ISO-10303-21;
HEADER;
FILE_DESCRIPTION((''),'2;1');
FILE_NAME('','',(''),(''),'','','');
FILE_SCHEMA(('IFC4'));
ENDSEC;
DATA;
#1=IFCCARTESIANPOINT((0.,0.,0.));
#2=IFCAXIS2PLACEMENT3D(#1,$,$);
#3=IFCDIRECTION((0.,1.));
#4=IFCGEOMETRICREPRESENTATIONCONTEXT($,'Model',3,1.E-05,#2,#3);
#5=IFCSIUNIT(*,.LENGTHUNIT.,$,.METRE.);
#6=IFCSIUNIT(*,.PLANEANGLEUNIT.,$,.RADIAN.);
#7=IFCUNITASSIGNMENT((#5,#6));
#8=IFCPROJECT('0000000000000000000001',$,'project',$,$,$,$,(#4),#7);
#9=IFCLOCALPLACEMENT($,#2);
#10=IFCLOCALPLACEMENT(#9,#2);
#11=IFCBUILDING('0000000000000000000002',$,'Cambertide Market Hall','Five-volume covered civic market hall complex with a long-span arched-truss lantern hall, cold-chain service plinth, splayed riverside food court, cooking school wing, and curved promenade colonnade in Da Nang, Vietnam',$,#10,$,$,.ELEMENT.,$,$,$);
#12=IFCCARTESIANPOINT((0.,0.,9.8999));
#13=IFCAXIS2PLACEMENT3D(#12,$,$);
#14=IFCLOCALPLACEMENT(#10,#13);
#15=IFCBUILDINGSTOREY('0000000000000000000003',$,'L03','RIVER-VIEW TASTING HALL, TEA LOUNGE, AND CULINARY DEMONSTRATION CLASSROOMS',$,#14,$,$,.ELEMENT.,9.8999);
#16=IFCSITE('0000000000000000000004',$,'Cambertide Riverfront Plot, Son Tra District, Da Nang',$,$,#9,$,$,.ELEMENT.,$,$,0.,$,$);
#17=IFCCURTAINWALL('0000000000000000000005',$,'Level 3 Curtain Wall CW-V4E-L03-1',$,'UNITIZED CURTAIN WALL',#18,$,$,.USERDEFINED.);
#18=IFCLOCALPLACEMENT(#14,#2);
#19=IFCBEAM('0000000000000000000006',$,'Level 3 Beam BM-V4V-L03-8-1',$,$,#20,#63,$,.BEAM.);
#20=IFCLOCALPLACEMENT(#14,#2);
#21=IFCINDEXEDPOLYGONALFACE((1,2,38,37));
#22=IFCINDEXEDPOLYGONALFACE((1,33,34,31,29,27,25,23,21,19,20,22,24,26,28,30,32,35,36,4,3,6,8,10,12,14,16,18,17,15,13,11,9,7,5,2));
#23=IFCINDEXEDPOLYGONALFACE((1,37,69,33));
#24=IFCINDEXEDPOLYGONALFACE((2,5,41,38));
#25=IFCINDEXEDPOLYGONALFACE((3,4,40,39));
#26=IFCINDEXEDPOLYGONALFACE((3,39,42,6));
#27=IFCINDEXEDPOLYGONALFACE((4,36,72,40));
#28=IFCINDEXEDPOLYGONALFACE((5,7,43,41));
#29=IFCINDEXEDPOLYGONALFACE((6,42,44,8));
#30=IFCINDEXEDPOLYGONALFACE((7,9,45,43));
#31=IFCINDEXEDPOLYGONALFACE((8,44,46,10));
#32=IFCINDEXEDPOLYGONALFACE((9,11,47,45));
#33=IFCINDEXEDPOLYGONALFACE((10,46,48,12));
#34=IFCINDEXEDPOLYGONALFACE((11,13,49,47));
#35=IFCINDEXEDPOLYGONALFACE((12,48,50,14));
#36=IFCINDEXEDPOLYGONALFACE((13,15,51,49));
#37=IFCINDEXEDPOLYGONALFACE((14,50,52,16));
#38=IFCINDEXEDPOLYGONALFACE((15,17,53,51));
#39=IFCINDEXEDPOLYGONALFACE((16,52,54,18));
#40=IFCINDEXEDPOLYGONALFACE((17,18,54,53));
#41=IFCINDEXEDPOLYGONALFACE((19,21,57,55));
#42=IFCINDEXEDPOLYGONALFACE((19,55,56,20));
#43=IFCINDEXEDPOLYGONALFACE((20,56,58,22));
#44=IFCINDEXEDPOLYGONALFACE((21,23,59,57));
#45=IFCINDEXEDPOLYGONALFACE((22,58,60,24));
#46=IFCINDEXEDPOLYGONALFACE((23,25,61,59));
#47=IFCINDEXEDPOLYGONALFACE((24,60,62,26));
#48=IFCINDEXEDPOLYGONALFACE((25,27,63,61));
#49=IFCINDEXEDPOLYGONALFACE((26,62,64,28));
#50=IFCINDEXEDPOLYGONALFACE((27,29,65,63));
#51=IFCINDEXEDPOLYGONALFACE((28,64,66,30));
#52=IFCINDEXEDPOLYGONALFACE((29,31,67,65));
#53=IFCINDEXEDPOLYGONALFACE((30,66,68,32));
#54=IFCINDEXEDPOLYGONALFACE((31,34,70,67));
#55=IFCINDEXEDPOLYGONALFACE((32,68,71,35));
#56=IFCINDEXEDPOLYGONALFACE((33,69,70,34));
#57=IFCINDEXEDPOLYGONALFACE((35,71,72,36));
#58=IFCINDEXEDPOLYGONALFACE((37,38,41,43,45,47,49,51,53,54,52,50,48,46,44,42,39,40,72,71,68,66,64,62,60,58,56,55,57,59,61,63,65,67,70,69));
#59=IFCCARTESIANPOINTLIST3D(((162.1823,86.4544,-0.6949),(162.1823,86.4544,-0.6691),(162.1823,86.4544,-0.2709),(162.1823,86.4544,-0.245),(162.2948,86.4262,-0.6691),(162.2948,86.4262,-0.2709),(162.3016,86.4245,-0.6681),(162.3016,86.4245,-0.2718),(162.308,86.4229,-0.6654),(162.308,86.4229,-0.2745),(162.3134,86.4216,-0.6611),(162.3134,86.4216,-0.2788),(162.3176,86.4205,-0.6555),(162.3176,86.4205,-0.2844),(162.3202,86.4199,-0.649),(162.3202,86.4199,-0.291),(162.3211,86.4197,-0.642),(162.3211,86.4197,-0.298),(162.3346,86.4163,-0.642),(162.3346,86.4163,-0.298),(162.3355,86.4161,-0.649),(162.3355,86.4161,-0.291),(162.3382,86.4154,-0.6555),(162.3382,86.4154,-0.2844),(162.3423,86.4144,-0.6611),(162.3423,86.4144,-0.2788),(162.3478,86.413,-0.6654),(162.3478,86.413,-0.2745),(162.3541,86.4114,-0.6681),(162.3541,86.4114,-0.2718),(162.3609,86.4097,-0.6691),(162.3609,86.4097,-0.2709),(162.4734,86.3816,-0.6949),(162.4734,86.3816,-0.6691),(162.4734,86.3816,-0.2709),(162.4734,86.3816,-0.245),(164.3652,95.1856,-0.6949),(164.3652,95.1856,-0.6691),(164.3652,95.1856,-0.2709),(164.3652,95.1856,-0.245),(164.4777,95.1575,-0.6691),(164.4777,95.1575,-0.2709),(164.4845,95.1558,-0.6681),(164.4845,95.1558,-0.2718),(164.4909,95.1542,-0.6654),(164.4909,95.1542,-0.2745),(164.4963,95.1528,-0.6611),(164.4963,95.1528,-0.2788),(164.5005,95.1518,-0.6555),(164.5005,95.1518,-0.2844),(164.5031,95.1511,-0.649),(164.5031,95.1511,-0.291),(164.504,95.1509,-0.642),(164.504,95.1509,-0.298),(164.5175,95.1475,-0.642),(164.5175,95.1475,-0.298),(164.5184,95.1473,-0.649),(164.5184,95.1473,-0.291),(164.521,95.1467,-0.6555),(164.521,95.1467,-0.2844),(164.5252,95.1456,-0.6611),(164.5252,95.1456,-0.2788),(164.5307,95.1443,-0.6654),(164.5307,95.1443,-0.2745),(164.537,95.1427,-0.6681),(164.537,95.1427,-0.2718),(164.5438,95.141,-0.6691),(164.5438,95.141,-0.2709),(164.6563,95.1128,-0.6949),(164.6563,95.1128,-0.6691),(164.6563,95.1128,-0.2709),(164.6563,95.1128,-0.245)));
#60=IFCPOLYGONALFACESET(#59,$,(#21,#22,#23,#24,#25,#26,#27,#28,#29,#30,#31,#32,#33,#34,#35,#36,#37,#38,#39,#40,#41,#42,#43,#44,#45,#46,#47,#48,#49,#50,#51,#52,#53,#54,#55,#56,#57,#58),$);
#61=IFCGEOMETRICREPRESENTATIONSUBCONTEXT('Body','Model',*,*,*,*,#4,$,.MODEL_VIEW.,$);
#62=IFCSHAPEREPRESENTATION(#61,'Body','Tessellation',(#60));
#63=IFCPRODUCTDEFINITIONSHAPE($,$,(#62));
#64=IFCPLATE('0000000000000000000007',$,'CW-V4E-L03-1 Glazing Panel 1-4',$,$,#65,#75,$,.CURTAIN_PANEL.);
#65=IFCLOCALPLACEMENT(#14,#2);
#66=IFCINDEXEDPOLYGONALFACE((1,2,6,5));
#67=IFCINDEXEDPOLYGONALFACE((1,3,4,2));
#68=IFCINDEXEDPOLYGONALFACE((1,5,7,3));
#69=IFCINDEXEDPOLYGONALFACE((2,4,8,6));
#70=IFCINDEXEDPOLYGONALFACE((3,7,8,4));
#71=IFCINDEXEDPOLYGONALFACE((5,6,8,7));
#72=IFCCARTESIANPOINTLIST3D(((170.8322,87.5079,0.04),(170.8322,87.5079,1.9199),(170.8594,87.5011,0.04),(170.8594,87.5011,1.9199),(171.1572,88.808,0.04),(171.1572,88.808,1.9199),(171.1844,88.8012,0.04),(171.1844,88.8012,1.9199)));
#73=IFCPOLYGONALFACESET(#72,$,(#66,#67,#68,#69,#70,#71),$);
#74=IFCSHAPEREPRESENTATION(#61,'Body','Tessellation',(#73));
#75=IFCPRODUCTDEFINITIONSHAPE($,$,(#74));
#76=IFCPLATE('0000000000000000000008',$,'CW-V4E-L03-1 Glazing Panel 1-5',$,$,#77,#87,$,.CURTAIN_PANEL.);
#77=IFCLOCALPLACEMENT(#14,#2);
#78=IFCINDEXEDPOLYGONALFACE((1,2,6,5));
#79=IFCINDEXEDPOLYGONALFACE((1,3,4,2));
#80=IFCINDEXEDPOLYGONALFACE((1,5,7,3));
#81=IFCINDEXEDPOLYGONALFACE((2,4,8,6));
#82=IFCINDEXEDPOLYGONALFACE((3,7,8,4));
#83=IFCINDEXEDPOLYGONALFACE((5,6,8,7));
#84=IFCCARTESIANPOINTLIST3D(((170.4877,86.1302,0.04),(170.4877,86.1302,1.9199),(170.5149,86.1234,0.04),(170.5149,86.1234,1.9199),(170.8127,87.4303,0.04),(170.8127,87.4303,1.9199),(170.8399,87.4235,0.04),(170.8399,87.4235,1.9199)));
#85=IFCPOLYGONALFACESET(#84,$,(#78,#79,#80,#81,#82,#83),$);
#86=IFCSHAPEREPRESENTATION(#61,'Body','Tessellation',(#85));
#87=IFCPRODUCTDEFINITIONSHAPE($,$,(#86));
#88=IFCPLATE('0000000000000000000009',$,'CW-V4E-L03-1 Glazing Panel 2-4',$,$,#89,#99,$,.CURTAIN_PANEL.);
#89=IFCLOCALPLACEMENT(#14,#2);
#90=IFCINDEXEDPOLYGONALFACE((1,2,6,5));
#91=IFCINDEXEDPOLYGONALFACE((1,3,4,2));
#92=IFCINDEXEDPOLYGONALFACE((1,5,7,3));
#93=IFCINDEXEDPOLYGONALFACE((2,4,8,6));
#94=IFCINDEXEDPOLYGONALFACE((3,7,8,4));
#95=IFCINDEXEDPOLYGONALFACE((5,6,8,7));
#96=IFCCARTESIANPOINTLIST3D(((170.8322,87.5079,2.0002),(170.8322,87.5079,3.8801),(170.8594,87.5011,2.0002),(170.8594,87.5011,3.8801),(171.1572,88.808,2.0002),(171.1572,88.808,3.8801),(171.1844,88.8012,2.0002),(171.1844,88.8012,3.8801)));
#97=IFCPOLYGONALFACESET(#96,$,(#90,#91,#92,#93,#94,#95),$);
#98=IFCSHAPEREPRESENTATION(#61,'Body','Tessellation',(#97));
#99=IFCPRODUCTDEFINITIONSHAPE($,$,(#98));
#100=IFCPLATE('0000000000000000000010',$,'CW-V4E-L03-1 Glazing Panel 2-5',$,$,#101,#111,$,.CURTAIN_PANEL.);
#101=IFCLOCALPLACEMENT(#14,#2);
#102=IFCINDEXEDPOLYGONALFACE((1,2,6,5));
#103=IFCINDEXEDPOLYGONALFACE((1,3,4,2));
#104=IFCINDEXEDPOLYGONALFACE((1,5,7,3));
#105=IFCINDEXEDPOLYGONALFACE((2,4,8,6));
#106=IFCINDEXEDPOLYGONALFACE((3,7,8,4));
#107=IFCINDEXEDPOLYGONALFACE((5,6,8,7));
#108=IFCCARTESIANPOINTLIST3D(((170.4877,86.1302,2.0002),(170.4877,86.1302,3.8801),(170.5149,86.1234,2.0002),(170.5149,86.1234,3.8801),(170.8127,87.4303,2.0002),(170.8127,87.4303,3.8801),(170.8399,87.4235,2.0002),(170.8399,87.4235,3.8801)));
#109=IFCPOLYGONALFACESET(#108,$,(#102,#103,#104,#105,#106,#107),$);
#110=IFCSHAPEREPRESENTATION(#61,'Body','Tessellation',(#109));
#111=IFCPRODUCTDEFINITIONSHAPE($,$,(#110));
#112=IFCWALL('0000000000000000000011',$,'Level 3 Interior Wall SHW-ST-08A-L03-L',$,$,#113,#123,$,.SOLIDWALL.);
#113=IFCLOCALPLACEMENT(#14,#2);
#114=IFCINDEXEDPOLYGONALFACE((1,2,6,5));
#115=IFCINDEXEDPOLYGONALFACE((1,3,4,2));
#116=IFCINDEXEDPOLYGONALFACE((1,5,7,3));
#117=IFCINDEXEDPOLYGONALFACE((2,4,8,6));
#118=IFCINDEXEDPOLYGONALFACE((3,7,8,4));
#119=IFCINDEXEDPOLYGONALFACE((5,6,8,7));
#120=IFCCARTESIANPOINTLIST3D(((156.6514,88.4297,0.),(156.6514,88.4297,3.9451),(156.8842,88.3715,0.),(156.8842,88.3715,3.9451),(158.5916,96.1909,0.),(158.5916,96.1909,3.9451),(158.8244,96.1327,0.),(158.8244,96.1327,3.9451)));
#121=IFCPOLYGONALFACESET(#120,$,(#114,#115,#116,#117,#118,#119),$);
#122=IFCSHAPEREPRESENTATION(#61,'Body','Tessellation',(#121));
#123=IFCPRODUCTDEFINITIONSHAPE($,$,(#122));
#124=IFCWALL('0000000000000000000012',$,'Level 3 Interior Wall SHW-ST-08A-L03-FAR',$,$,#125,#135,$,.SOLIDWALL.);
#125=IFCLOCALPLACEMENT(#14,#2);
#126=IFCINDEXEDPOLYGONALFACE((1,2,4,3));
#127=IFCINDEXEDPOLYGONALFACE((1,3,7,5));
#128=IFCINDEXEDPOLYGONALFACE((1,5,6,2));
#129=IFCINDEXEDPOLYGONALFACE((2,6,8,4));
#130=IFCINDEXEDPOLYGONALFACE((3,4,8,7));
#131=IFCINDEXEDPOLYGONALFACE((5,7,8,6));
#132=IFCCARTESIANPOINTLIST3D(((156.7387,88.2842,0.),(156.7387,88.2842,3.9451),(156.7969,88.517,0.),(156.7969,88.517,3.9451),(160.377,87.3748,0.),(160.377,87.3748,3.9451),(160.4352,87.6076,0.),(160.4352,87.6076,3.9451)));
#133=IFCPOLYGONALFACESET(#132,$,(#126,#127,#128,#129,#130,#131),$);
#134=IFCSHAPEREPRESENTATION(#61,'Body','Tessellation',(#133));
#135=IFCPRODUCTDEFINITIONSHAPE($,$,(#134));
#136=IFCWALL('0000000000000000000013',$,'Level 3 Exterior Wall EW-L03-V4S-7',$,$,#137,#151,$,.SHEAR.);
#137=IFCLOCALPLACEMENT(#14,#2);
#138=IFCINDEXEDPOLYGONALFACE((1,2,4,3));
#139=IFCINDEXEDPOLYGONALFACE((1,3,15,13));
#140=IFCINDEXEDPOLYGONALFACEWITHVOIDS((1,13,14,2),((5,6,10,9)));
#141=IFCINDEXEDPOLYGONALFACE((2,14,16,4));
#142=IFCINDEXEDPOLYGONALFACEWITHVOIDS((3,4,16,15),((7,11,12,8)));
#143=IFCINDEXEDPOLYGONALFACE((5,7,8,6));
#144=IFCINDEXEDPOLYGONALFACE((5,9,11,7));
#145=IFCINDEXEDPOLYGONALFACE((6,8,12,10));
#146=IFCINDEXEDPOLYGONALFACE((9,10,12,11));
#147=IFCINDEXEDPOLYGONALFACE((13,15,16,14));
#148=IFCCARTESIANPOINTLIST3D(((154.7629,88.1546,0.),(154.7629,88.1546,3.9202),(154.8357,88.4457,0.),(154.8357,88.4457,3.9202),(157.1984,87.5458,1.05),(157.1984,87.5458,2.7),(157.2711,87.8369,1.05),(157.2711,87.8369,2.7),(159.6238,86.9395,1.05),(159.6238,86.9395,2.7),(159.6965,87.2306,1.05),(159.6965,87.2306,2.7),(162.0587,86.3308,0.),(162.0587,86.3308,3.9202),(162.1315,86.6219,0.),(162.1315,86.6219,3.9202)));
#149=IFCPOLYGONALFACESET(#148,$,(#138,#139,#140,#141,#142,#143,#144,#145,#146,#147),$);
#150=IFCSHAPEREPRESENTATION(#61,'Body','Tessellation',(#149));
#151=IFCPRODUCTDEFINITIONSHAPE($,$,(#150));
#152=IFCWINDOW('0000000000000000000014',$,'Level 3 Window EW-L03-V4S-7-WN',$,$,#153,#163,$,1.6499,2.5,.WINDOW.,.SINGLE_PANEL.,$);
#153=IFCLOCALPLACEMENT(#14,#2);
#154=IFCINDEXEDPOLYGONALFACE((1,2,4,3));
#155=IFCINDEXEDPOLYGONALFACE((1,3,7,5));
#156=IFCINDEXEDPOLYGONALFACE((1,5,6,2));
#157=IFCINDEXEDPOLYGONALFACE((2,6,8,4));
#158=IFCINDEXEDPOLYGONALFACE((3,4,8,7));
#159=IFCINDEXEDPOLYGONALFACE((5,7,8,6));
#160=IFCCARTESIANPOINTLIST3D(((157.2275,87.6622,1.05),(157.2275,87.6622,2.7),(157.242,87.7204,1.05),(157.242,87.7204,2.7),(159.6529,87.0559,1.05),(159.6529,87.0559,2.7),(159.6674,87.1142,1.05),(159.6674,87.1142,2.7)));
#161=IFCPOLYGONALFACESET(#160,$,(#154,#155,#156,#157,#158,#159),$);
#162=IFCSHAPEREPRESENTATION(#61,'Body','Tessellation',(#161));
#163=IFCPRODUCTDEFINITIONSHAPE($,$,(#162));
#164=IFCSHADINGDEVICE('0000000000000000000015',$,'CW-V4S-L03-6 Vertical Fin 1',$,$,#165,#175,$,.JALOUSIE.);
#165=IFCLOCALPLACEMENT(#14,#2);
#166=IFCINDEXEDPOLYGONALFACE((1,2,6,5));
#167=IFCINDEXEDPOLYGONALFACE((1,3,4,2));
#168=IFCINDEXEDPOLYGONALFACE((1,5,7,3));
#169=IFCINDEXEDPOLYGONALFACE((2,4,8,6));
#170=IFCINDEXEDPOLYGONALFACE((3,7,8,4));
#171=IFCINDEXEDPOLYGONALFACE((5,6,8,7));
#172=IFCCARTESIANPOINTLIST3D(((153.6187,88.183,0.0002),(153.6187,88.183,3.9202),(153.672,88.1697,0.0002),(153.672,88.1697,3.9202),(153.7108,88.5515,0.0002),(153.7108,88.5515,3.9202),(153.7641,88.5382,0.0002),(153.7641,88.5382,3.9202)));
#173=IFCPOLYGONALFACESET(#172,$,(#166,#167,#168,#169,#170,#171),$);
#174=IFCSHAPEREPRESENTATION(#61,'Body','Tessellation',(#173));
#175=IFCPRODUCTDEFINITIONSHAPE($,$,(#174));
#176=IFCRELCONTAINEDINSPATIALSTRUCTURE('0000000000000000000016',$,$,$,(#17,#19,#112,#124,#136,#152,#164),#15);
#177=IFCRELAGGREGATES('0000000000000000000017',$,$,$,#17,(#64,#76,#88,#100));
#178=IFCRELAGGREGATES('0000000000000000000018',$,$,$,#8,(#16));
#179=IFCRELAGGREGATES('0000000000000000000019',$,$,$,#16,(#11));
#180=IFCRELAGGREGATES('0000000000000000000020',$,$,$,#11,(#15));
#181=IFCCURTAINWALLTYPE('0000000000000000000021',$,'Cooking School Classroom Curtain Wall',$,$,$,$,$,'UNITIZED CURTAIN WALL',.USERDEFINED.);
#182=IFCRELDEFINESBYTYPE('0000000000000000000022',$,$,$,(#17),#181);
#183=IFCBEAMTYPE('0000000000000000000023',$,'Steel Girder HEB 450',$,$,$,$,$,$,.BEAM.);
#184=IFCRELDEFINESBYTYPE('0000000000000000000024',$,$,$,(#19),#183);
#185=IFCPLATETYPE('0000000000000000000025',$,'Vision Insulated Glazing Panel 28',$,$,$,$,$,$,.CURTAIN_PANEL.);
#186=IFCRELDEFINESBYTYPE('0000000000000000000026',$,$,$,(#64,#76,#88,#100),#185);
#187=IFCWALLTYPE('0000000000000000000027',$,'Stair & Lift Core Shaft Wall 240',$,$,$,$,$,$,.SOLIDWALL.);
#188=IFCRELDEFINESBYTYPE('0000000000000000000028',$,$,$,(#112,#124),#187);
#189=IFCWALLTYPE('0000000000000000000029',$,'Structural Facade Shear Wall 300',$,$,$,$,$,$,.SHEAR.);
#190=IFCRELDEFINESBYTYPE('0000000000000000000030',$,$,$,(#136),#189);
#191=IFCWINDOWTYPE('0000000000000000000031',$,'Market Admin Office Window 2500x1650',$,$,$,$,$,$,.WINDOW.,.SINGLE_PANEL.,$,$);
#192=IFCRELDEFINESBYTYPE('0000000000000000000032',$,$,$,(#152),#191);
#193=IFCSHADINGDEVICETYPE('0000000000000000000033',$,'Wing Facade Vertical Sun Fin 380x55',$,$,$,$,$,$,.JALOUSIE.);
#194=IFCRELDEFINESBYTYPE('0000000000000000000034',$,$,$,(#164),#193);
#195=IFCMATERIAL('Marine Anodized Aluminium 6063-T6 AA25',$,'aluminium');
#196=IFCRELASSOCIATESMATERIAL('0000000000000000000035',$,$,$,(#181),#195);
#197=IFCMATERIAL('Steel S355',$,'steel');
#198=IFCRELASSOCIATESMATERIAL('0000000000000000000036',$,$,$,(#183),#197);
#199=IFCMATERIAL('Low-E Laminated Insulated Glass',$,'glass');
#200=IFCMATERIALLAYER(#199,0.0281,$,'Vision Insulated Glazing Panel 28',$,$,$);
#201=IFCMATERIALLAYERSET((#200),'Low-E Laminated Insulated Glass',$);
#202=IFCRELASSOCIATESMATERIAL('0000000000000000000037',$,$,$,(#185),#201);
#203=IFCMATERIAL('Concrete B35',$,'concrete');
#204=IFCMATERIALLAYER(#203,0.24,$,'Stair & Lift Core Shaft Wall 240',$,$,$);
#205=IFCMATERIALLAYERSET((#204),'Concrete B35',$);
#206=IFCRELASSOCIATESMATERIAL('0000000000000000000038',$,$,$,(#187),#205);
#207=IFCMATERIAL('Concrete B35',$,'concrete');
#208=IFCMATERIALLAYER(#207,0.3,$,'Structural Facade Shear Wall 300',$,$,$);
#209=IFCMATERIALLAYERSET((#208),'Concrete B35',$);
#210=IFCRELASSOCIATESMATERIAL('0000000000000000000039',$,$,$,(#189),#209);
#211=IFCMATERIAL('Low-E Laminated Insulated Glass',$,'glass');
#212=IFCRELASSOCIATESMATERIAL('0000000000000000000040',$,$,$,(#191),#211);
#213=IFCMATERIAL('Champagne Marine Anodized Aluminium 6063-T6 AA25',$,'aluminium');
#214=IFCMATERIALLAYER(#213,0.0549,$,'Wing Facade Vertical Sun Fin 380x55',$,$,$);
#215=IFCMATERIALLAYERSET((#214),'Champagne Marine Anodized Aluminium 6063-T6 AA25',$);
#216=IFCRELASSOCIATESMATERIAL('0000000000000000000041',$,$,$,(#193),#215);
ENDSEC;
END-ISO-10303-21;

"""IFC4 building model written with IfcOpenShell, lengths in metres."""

from ifc_helpers import new_model, si_unit, direction, frame, frame_2d, origin, origin_2d, place, context, subcontext, project, spatial, rectangle, i_section, extrude, material, layer, layer_set, material_profile, profile_set, type_object, element, fill, aggregate, save


model = new_model("IFC4")

# Units and contexts
model_context = context("Model", 3, precision=1e-05, world=origin(), true_north=direction((0.0, 1.0)))
body_context = subcontext(model_context, "Body", "Model", "MODEL_VIEW")
ifc_project = project(units=[si_unit("LENGTHUNIT", "METRE"), si_unit("PLANEANGLEUNIT", "RADIAN")], contexts=[model_context])

# Site, building, storey
site_placement = place(None, origin())
site = spatial("IfcSite", under=ifc_project, at=site_placement, Name="Cambertide Riverfront Plot, Son Tra District, Da Nang", CompositionType="ELEMENT", RefElevation=0.0)
building_placement = place(site_placement, origin())
building = spatial("IfcBuilding", under=site, at=building_placement, Name="Cambertide Market Hall", Description="Five-volume covered civic market hall complex with a long-span arched-truss lantern hall, cold-chain service plinth, splayed riverside food court, cooking school wing, and curved promenade colonnade in Da Nang, Vietnam", CompositionType="ELEMENT")
storey_placement = place(building_placement, frame((0.0, 0.0, 9.8999)))
storey = spatial("IfcBuildingStorey", under=building, at=storey_placement, Name="L03", Description="RIVER-VIEW TASTING HALL, TEA LOUNGE, AND CULINARY DEMONSTRATION CLASSROOMS", CompositionType="ELEMENT", Elevation=9.8999)

# Shared definitions
ifc_material_1 = material(Name="Marine Anodized Aluminium 6063-T6 AA25", Category="aluminium")
curtain_wall_type = type_object("IfcCurtainWallType", Name="Cooking School Classroom Curtain Wall", ElementType="UNITIZED CURTAIN WALL", PredefinedType="USERDEFINED", material=ifc_material_1)

# Curtain wall
curtain_wall_1_placement = place(storey_placement, origin())
curtain_wall_1 = element("IfcCurtainWall", 1, at=curtain_wall_1_placement, inside=storey, type_object=curtain_wall_type, Name="Level 3 Curtain Wall CW-V4E-L03-1", ObjectType="UNITIZED CURTAIN WALL", PredefinedType="USERDEFINED")

# Beam
ifc_material_2 = material(Name="Steel S355", Category="steel")
ifc_material_profile_1 = material_profile(ifc_material_2, i_section(OverallWidth=0.3, OverallDepth=0.45, WebThickness=0.0139, FlangeThickness=0.0259, FilletRadius=0.0271, at=origin_2d()), Name="HEB 450")
ifc_profile_set_1 = profile_set([ifc_material_profile_1], Name="Steel S355")
beam_type_1 = type_object("IfcBeamType", Name="Steel Girder HEB 450", PredefinedType="BEAM", material=ifc_profile_set_1)
for number, where, z_axis, x_axis, name in (
    (2, (162.3279, 86.418, -0.47), (0.242542, 0.970141, 0.0), (-0.970141, 0.242542, 0.0), "Level 3 Beam BM-V4V-L03-8-1"),
):
    element("IfcBeam", number, at=place(storey_placement, frame(where, z_axis=z_axis, x_axis=x_axis)), inside=storey, type_object=beam_type_1, Name=name, PredefinedType="BEAM", context=body_context, shape_type="SweptSolid", body=[
        extrude(i_section(OverallWidth=0.3, OverallDepth=0.45, WebThickness=0.0139, FlangeThickness=0.0259, FilletRadius=0.0271, at=origin_2d()), origin(), (0.0, 0.0, 1.0), 9.0),
    ])

# Plates
ifc_material_3 = material(Name="Low-E Laminated Insulated Glass", Category="glass")
ifc_layer_1 = layer(ifc_material_3, 0.0281, Name="Vision Insulated Glazing Panel 28")
ifc_layer_set_1 = layer_set([ifc_layer_1], Name="Low-E Laminated Insulated Glass")
plate_type = type_object("IfcPlateType", Name="Vision Insulated Glazing Panel 28", PredefinedType="CURTAIN_PANEL", material=ifc_layer_set_1)
plate_1_placement = place(storey_placement, frame((171.0083, 88.1545, 0.04), z_axis=(0.0, 0.0, 1.0), x_axis=(-0.242536, -0.970143, 0.0)))
plate_1 = element("IfcPlate", 3, at=plate_1_placement, type_object=plate_type, Name="CW-V4E-L03-1 Glazing Panel 1-4", PredefinedType="CURTAIN_PANEL", context=body_context, shape_type="SweptSolid", body=[
    extrude(rectangle(XDim=1.3401, YDim=0.0281, at=origin_2d()), origin(), (0.0, 0.0, 1.0), 1.8799),
])
plate_2_placement = place(storey_placement, frame((170.6638, 86.7769, 0.04), z_axis=(0.0, 0.0, 1.0), x_axis=(-0.242536, -0.970143, 0.0)))
plate_2 = element("IfcPlate", 4, at=plate_2_placement, type_object=plate_type, Name="CW-V4E-L03-1 Glazing Panel 1-5", PredefinedType="CURTAIN_PANEL", context=body_context, shape_type="SweptSolid", body=[
    extrude(rectangle(XDim=1.3401, YDim=0.0281, at=origin_2d()), origin(), (0.0, 0.0, 1.0), 1.8799),
])
plate_3_placement = place(storey_placement, frame((171.0083, 88.1545, 2.0002), z_axis=(0.0, 0.0, 1.0), x_axis=(-0.242536, -0.970143, 0.0)))
plate_3 = element("IfcPlate", 5, at=plate_3_placement, type_object=plate_type, Name="CW-V4E-L03-1 Glazing Panel 2-4", PredefinedType="CURTAIN_PANEL", context=body_context, shape_type="SweptSolid", body=[
    extrude(rectangle(XDim=1.3401, YDim=0.0281, at=origin_2d()), origin(), (0.0, 0.0, 1.0), 1.8799),
])
plate_4_placement = place(storey_placement, frame((170.6638, 86.7769, 2.0002), z_axis=(0.0, 0.0, 1.0), x_axis=(-0.242536, -0.970143, 0.0)))
plate_4 = element("IfcPlate", 6, at=plate_4_placement, type_object=plate_type, Name="CW-V4E-L03-1 Glazing Panel 2-5", PredefinedType="CURTAIN_PANEL", context=body_context, shape_type="SweptSolid", body=[
    extrude(rectangle(XDim=1.3401, YDim=0.0281, at=origin_2d()), origin(), (0.0, 0.0, 1.0), 1.8799),
])
aggregate(curtain_wall_1, [plate_1, plate_2, plate_3, plate_4])

# Walls
ifc_material_4 = material(Name="Concrete B35", Category="concrete")
ifc_layer_2 = layer(ifc_material_4, 0.24, Name="Stair & Lift Core Shaft Wall 240")
ifc_layer_set_2 = layer_set([ifc_layer_2], Name="Concrete B35")
wall_type_1 = type_object("IfcWallType", Name="Stair & Lift Core Shaft Wall 240", PredefinedType="SOLIDWALL", material=ifc_layer_set_2)
wall_1_placement = place(storey_placement, frame((156.7678, 88.4006, 0.0), z_axis=(0.0, 0.0, 1.0), x_axis=(0.242521, 0.970146, 0.0)))
element("IfcWall", 7, at=wall_1_placement, inside=storey, type_object=wall_type_1, Name="Level 3 Interior Wall SHW-ST-08A-L03-L", PredefinedType="SOLIDWALL", context=body_context, shape_type="SweptSolid", body=[
    extrude(rectangle(XDim=8.0, YDim=0.24, at=frame_2d((4.0, 0.0))), origin(), (0.0, 0.0, 1.0), 3.9451),
])
wall_2_placement = place(storey_placement, frame((160.406, 87.4912, 0.0), z_axis=(0.0, 0.0, 1.0), x_axis=(-0.97015, 0.242505, 0.0)))
element("IfcWall", 8, at=wall_2_placement, inside=storey, type_object=wall_type_1, Name="Level 3 Interior Wall SHW-ST-08A-L03-FAR", PredefinedType="SOLIDWALL", context=body_context, shape_type="SweptSolid", body=[
    extrude(rectangle(XDim=3.7502, YDim=0.24, at=frame_2d((1.875, 0.0))), origin(), (0.0, 0.0, 1.0), 3.9451),
])

# Wall, opening, window
ifc_material_5 = material(Name="Concrete B35", Category="concrete")
ifc_layer_3 = layer(ifc_material_5, 0.3, Name="Structural Facade Shear Wall 300")
ifc_layer_set_3 = layer_set([ifc_layer_3], Name="Concrete B35")
wall_type_2 = type_object("IfcWallType", Name="Structural Facade Shear Wall 300", PredefinedType="SHEAR", material=ifc_layer_set_3)
wall_3_placement = place(storey_placement, frame((162.0952, 86.4763, 0.0), z_axis=(0.0, 0.0, 1.0), x_axis=(-0.970148, 0.242513, 0.0)))
wall_3 = element("IfcWall", 9, at=wall_3_placement, inside=storey, type_object=wall_type_2, Name="Level 3 Exterior Wall EW-L03-V4S-7", PredefinedType="SHEAR", context=body_context, shape_type="SweptSolid", body=[
    extrude(rectangle(XDim=7.5203, YDim=0.3, at=frame_2d((3.7603, 0.0))), origin(), (0.0, 0.0, 1.0), 3.9202),
])
opening_placement = place(wall_3_placement, frame((2.51, 0.0, 1.05)))
opening = element("IfcOpeningElement", 10, at=opening_placement, cuts=wall_3, PredefinedType="OPENING", context=body_context, shape_type="SweptSolid", body=[
    extrude(rectangle(XDim=2.5, YDim=1.6499, at=frame_2d((1.25, 0.825))), frame((0.0, 0.1599, 0.0), z_axis=(0.0, -1.0, 0.0), x_axis=(1.0, 0.0, 0.0)), (0.0, 0.0, 1.0), 0.3201),
])
ifc_material_6 = material(Name="Low-E Laminated Insulated Glass", Category="glass")
window_type = type_object("IfcWindowType", Name="Market Admin Office Window 2500x1650", PartitioningType="SINGLE_PANEL", PredefinedType="WINDOW", material=ifc_material_6)
window_placement = place(opening_placement, origin())
window = element("IfcWindow", 11, at=window_placement, inside=storey, type_object=window_type, Name="Level 3 Window EW-L03-V4S-7-WN", OverallHeight=1.6499, OverallWidth=2.5, PartitioningType="SINGLE_PANEL", PredefinedType="WINDOW", context=body_context, shape_type="SweptSolid", body=[
    extrude(rectangle(XDim=2.5, YDim=1.6499, at=frame_2d((1.25, 0.825))), frame((0.0, 0.03, 0.0), z_axis=(0.0, -1.0, 0.0), x_axis=(1.0, 0.0, 0.0)), (0.0, 0.0, 1.0), 0.0601),
])
fill(opening, window)

# Shading device
ifc_material_7 = material(Name="Champagne Marine Anodized Aluminium 6063-T6 AA25", Category="aluminium")
ifc_layer_4 = layer(ifc_material_7, 0.0549, Name="Wing Facade Vertical Sun Fin 380x55")
ifc_layer_set_4 = layer_set([ifc_layer_4], Name="Champagne Marine Anodized Aluminium 6063-T6 AA25")
shading_device_type = type_object("IfcShadingDeviceType", Name="Wing Facade Vertical Sun Fin 380x55", PredefinedType="JALOUSIE", material=ifc_layer_set_4)
shading_device_placement = place(storey_placement, frame((153.6914, 88.3606, 0.0002), z_axis=(0.0, 0.0, 1.0), x_axis=(-0.970143, 0.242535, 0.0)))
element("IfcShadingDevice", 12, at=shading_device_placement, inside=storey, type_object=shading_device_type, Name="CW-V4S-L03-6 Vertical Fin 1", PredefinedType="JALOUSIE", context=body_context, shape_type="SweptSolid", body=[
    extrude(rectangle(XDim=0.0549, YDim=0.3799, at=origin_2d()), origin(), (0.0, 0.0, 1.0), 3.9199),
])

save(model, "model.ifc")
